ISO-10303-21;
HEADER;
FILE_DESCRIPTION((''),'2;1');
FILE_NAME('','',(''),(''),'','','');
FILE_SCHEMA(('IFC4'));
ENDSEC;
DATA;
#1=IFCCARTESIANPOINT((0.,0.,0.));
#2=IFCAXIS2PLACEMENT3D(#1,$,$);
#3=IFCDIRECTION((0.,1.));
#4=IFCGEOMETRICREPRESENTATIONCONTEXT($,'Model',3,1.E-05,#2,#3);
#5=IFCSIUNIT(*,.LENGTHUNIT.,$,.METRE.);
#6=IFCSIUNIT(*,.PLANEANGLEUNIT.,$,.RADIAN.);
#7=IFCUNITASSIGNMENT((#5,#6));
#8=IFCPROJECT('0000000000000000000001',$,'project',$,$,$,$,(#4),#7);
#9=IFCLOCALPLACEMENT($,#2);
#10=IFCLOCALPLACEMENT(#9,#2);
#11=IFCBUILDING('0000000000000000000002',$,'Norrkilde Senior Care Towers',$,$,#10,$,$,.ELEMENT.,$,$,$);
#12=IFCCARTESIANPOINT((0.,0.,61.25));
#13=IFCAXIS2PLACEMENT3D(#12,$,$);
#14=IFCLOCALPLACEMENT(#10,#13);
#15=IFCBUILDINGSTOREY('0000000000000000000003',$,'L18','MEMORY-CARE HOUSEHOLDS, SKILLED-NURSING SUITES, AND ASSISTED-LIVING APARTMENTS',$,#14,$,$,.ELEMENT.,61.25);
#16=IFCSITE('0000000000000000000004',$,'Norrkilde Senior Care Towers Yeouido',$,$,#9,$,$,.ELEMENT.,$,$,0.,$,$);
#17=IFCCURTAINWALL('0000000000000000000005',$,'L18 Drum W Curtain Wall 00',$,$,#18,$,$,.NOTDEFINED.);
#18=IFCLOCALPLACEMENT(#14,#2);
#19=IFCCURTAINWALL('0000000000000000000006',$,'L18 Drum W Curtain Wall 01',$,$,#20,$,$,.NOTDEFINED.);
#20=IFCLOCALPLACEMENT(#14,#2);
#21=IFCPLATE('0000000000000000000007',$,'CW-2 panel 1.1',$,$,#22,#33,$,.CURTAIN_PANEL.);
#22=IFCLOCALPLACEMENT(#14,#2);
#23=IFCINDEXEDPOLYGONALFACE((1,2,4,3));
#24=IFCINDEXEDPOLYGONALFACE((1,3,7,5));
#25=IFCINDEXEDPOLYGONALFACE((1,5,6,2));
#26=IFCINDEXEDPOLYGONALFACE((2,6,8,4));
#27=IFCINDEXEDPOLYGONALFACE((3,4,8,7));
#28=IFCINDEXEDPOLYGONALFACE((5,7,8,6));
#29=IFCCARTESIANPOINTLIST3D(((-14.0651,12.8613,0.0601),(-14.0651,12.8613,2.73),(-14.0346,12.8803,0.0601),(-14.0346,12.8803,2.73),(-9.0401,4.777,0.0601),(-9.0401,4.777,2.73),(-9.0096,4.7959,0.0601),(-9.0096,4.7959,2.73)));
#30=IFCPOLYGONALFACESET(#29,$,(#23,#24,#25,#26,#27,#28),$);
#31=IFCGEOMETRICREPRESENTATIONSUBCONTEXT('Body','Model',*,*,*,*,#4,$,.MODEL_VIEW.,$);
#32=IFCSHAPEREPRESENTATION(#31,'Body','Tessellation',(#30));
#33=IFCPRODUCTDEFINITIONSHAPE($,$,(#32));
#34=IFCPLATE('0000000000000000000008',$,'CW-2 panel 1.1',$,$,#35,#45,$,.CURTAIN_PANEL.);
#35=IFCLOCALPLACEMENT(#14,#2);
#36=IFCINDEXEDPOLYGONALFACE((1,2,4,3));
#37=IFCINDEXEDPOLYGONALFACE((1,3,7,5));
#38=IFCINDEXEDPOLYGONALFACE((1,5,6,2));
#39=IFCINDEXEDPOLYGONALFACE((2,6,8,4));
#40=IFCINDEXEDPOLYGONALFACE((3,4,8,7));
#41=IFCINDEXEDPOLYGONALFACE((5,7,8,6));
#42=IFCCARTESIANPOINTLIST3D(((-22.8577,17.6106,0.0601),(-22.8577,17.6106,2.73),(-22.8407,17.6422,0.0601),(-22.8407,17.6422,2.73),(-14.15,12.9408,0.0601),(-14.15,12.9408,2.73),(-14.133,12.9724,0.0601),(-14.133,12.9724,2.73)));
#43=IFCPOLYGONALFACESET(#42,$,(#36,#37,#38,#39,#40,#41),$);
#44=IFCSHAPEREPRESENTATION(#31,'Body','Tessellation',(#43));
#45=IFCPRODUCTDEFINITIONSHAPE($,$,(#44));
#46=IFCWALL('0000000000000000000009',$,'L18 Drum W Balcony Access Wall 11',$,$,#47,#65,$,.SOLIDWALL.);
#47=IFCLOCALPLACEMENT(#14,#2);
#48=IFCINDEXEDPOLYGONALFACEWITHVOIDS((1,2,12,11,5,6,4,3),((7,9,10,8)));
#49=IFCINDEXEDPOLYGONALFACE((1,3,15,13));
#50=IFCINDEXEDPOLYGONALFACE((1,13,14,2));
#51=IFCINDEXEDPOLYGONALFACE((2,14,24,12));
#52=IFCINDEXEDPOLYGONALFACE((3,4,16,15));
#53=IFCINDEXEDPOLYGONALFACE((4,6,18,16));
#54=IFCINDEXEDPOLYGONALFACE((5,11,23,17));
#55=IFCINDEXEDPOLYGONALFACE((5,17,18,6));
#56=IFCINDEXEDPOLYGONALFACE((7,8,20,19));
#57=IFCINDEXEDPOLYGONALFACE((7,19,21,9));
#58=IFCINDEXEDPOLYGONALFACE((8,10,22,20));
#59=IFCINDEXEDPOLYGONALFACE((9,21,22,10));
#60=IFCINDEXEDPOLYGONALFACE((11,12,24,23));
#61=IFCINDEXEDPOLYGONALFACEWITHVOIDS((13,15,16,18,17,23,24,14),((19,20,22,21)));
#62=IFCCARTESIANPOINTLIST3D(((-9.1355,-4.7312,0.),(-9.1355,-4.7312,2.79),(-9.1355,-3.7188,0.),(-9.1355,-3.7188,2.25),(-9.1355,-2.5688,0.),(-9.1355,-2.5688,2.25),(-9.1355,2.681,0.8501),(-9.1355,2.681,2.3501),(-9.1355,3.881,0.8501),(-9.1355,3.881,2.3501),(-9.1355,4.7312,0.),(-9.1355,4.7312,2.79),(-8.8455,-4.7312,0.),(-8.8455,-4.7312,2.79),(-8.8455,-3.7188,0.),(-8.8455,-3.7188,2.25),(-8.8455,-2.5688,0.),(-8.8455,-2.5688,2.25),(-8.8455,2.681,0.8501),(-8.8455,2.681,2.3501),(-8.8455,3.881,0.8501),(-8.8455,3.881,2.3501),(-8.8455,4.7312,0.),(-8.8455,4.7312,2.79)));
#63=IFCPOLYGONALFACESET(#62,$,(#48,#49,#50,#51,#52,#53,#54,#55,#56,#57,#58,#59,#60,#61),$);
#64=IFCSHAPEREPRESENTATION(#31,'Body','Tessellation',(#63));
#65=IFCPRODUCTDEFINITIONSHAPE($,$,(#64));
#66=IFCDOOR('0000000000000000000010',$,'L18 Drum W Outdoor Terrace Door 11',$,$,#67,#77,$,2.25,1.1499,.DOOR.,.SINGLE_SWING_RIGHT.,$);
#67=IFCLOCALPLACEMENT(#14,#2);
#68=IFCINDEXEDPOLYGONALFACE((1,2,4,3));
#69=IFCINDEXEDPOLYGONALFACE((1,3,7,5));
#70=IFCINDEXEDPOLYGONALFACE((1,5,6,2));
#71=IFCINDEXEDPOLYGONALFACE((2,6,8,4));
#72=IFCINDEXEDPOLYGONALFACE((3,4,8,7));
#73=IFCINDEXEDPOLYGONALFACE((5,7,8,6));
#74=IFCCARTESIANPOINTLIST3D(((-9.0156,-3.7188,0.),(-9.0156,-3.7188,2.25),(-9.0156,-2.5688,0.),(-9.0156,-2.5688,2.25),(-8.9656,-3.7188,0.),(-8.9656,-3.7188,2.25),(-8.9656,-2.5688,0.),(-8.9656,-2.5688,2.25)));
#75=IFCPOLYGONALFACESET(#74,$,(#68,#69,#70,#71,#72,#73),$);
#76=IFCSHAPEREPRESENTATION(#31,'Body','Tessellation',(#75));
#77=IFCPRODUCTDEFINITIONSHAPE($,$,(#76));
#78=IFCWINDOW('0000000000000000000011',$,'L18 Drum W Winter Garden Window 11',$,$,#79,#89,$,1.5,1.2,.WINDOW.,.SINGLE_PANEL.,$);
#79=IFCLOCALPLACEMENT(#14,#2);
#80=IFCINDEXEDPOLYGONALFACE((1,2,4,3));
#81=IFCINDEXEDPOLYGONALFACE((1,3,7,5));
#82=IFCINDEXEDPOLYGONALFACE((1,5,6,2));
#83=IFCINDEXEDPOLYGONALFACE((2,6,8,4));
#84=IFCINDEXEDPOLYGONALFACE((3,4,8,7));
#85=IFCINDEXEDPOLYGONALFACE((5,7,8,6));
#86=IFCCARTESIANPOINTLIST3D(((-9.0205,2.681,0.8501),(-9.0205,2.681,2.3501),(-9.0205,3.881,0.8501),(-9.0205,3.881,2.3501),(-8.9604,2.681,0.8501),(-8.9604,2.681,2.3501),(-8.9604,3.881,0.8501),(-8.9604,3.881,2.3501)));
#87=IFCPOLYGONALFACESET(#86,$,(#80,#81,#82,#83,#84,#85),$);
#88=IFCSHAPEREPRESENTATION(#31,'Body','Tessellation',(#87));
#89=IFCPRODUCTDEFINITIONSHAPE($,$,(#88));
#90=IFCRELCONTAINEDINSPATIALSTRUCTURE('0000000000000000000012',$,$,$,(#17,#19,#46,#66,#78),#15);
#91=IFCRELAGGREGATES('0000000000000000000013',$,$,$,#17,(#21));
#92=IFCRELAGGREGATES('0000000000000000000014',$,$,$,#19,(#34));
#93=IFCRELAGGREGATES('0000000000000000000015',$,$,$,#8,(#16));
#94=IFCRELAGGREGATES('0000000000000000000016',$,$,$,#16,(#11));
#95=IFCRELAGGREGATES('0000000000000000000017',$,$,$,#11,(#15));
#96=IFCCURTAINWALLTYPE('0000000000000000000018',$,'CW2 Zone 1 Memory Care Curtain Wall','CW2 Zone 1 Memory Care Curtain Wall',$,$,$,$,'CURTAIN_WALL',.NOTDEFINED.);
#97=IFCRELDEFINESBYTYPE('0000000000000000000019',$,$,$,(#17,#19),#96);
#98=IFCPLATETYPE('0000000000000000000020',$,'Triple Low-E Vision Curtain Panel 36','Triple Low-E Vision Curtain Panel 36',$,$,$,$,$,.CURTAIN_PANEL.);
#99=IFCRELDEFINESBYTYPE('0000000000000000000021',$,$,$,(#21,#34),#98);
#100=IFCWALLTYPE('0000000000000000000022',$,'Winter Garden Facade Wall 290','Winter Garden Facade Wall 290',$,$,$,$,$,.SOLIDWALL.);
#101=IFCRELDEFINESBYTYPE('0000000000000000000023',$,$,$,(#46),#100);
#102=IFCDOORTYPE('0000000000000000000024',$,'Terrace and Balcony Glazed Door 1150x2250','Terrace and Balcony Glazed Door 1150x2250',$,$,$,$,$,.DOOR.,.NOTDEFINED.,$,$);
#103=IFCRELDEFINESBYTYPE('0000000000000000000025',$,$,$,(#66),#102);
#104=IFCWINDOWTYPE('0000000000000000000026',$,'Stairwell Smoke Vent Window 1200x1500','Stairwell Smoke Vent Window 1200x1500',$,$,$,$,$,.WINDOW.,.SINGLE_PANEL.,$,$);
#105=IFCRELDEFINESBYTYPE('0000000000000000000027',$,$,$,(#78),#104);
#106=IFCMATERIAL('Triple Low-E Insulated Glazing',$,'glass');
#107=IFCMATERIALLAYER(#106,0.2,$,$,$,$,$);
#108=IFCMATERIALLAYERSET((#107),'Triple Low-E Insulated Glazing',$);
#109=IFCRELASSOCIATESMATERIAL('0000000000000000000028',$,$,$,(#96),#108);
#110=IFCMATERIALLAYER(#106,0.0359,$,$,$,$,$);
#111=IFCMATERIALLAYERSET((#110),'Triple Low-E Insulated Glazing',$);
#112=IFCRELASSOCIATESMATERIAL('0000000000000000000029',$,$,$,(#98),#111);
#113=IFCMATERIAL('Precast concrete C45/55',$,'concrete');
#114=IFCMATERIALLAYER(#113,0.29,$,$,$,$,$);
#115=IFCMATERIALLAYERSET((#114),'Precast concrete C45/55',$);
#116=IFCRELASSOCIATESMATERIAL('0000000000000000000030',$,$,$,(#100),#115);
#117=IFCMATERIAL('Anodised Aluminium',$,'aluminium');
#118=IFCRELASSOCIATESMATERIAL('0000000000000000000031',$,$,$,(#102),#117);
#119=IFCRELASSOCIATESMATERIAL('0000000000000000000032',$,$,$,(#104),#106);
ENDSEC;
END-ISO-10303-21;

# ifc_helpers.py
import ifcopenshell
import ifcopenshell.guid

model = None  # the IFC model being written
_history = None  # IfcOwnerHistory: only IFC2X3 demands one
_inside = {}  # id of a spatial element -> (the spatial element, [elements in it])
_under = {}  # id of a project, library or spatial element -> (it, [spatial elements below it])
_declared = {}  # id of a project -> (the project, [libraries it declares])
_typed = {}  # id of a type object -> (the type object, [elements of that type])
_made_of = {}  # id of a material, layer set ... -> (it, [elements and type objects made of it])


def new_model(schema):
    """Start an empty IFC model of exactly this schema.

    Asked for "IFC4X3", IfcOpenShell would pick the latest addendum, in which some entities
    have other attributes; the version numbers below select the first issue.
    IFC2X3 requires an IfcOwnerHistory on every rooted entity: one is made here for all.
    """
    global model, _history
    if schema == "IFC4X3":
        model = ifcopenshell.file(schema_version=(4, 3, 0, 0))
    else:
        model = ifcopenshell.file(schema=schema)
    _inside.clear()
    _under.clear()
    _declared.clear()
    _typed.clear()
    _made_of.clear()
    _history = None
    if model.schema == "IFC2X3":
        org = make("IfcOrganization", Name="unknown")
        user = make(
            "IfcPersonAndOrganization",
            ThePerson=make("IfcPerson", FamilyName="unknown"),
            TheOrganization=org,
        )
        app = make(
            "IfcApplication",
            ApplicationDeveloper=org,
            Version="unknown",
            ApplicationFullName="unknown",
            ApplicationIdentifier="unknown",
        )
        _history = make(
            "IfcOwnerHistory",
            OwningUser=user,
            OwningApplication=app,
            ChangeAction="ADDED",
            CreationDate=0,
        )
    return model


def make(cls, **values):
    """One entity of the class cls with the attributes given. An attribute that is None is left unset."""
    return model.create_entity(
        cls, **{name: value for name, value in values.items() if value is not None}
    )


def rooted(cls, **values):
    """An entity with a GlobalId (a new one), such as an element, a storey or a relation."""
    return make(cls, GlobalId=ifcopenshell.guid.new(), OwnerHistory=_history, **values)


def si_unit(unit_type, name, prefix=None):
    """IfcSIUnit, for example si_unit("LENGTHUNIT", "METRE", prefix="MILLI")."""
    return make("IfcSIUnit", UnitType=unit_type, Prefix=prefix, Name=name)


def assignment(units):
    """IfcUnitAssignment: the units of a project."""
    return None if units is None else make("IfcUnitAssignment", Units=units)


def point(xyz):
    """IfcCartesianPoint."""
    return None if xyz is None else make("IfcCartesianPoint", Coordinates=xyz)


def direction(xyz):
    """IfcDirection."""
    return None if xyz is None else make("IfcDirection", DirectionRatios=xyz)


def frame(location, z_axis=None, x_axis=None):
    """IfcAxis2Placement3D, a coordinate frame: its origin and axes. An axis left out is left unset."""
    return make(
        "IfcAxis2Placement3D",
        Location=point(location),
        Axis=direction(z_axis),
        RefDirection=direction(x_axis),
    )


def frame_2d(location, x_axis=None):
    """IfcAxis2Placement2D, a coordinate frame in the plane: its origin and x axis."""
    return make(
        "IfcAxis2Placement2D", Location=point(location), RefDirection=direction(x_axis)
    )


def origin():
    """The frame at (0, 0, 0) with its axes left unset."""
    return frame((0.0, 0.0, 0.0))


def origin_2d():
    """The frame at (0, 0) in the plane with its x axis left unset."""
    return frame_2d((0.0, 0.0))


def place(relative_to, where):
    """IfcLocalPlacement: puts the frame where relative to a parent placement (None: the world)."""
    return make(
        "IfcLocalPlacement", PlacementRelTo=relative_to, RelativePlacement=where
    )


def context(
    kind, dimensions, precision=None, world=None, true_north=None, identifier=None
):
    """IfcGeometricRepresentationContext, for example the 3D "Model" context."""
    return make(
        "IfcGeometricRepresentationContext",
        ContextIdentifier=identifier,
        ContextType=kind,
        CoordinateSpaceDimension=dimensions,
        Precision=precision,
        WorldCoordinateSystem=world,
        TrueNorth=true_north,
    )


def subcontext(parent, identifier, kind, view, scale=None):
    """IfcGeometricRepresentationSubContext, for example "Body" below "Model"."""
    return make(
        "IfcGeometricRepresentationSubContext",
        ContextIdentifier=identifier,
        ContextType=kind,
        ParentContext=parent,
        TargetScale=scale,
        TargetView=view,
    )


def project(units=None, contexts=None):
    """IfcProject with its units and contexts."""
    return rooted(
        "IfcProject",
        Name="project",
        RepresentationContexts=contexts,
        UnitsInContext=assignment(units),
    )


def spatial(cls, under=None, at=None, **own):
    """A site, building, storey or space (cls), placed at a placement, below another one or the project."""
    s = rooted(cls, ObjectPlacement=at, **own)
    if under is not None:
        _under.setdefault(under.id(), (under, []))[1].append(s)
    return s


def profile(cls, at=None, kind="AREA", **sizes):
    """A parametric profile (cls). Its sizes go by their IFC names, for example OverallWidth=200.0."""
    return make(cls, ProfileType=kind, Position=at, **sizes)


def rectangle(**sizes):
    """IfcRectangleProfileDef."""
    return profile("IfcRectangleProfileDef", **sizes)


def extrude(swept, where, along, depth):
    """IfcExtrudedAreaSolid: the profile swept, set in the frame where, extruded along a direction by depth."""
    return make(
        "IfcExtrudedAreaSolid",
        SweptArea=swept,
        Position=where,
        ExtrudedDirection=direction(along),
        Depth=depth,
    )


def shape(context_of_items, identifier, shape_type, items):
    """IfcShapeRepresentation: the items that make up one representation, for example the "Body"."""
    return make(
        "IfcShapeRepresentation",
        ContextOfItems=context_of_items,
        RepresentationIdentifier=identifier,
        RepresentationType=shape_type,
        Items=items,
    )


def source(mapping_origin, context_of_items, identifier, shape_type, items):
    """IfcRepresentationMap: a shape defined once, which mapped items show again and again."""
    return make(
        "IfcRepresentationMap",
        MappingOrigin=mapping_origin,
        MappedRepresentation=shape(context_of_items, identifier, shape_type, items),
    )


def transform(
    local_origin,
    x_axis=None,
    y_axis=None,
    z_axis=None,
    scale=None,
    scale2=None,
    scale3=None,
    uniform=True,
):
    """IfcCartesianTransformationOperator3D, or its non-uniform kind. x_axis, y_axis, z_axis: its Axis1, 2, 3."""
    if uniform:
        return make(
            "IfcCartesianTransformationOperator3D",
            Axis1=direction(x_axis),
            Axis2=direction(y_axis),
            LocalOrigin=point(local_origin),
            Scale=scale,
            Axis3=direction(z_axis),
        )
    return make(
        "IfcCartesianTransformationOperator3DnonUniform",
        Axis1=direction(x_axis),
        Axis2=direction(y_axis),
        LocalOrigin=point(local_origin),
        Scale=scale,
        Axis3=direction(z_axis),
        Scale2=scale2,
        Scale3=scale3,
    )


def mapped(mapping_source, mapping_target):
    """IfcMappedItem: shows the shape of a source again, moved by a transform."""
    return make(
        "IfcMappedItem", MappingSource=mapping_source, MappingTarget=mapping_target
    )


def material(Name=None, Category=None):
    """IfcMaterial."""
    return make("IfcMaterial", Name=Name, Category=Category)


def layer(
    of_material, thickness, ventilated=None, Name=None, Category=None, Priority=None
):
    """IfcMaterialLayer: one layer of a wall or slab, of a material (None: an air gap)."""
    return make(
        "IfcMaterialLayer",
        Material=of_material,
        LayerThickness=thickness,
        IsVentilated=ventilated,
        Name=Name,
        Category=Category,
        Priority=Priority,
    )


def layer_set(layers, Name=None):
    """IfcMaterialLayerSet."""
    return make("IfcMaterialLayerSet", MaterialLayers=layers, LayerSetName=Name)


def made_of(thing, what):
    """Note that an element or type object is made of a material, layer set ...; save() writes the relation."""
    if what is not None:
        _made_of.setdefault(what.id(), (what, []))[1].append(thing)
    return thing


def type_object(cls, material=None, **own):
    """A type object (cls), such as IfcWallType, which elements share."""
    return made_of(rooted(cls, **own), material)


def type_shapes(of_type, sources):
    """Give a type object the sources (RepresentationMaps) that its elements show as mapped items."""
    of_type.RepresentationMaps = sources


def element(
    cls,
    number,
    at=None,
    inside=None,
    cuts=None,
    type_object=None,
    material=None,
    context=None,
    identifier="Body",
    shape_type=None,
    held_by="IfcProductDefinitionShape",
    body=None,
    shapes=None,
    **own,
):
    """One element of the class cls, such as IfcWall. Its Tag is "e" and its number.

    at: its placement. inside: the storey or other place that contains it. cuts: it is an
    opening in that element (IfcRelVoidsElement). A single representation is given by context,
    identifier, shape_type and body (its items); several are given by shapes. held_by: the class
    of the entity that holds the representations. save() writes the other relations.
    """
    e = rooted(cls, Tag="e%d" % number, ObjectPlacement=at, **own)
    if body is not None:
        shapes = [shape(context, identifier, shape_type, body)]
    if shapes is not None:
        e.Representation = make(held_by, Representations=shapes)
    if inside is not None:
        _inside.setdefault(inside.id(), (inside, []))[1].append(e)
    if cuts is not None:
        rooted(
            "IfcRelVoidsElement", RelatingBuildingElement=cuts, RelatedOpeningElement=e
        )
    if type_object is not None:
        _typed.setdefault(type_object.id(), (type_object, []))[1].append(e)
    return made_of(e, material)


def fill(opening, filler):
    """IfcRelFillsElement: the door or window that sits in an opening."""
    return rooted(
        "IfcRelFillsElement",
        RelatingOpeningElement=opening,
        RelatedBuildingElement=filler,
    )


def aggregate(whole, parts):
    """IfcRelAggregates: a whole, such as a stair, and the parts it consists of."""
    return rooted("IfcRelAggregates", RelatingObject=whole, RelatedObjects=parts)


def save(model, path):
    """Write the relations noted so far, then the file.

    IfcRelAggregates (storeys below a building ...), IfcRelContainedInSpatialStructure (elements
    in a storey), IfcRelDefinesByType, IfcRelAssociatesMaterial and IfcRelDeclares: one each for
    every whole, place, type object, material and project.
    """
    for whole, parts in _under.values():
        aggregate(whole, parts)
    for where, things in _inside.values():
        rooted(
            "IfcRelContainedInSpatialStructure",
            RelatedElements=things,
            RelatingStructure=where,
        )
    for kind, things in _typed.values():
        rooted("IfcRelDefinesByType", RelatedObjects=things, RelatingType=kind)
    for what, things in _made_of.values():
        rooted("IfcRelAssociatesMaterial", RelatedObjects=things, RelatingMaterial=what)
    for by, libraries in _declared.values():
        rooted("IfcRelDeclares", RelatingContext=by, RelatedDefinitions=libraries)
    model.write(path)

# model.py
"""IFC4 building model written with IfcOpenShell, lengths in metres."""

from ifc_helpers import new_model, si_unit, direction, frame, frame_2d, origin, origin_2d, place, context, subcontext, project, spatial, rectangle, extrude, source, transform, mapped, material, layer, layer_set, type_object, type_shapes, element, fill, aggregate, save


model = new_model("IFC4")

# Units and contexts
model_context = context("Model", 3, precision=1e-05, world=origin(), true_north=direction((0.0, 1.0)))
body_context = subcontext(model_context, "Body", "Model", "MODEL_VIEW")
ifc_project = project(units=[si_unit("LENGTHUNIT", "METRE"), si_unit("PLANEANGLEUNIT", "RADIAN")], contexts=[model_context])

# Site, building, storey
site_placement = place(None, origin())
site = spatial("IfcSite", under=ifc_project, at=site_placement, Name="Norrkilde Senior Care Towers Yeouido", CompositionType="ELEMENT", RefElevation=0.0)
building_placement = place(site_placement, origin())
building = spatial("IfcBuilding", under=site, at=building_placement, Name="Norrkilde Senior Care Towers", CompositionType="ELEMENT")
storey_placement = place(building_placement, frame((0.0, 0.0, 61.25)))
storey = spatial("IfcBuildingStorey", under=building, at=storey_placement, Name="L18", Description="MEMORY-CARE HOUSEHOLDS, SKILLED-NURSING SUITES, AND ASSISTED-LIVING APARTMENTS", CompositionType="ELEMENT", Elevation=61.25)

# Curtain wall
ifc_material_1 = material(Name="Triple Low-E Insulated Glazing", Category="glass")
ifc_layer_1 = layer(ifc_material_1, 0.2)
ifc_layer_set_1 = layer_set([ifc_layer_1], Name="Triple Low-E Insulated Glazing")
curtain_wall_type = type_object("IfcCurtainWallType", Name="CW2 Zone 1 Memory Care Curtain Wall", Description="CW2 Zone 1 Memory Care Curtain Wall", ElementType="CURTAIN_WALL", PredefinedType="NOTDEFINED", material=ifc_layer_set_1)
curtain_wall_1_placement = place(storey_placement, origin())
curtain_wall_1 = element("IfcCurtainWall", 1, at=curtain_wall_1_placement, inside=storey, type_object=curtain_wall_type, Name="L18 Drum W Curtain Wall 00", PredefinedType="NOTDEFINED")
ifc_material_2 = material(Name="Anodised Aluminium", Category="aluminium")

# Curtain wall
curtain_wall_2_placement = place(storey_placement, origin())
curtain_wall_2 = element("IfcCurtainWall", 2, at=curtain_wall_2_placement, inside=storey, type_object=curtain_wall_type, Name="L18 Drum W Curtain Wall 01", PredefinedType="NOTDEFINED")

# Plates
ifc_layer_2 = layer(ifc_material_1, 0.0359)
ifc_layer_set_2 = layer_set([ifc_layer_2], Name="Triple Low-E Insulated Glazing")
plate_type = type_object("IfcPlateType", Name="Triple Low-E Vision Curtain Panel 36", Description="Triple Low-E Vision Curtain Panel 36", PredefinedType="CURTAIN_PANEL", material=ifc_layer_set_2)
shared_shape_1 = source(origin(), body_context, "Body", "SweptSolid", [
    extrude(rectangle(XDim=9.5188, YDim=0.0359, at=origin_2d()), origin(), (0.0, 0.0, 1.0), 2.6699),
])
plate_1_placement = place(storey_placement, frame((-11.5374, 8.8286, 0.0601), z_axis=(0.0, 0.0, 1.0), x_axis=(0.527901, -0.849306, 0.0)))
plate_1 = element("IfcPlate", 3, at=plate_1_placement, type_object=plate_type, Name="CW-2 panel 1.1", PredefinedType="CURTAIN_PANEL", context=body_context, shape_type="MappedRepresentation", body=[
    mapped(shared_shape_1, transform((0.0, 0.0, 0.0), x_axis=(1.0, 0.0, 0.0), y_axis=(0.0, 1.0, 0.0), z_axis=(0.0, 0.0, 1.0), scale=1.0)),
])
aggregate(curtain_wall_1, [plate_1])
shared_shape_2 = source(origin(), body_context, "Body", "SweptSolid", [
    extrude(rectangle(XDim=9.8809, YDim=0.0359, at=origin_2d()), origin(), (0.0, 0.0, 1.0), 2.6699),
])
type_shapes(plate_type, [shared_shape_1, shared_shape_2])
plate_2_placement = place(storey_placement, frame((-18.4954, 15.2915, 0.0601), z_axis=(0.0, 0.0, 1.0), x_axis=(0.881273, -0.472608, 0.0)))
plate_2 = element("IfcPlate", 4, at=plate_2_placement, type_object=plate_type, Name="CW-2 panel 1.1", PredefinedType="CURTAIN_PANEL", context=body_context, shape_type="MappedRepresentation", body=[
    mapped(shared_shape_2, transform((0.0, 0.0, 0.0), x_axis=(1.0, 0.0, 0.0), y_axis=(0.0, 1.0, 0.0), z_axis=(0.0, 0.0, 1.0), scale=1.0)),
])
aggregate(curtain_wall_2, [plate_2])

# Wall, openings, door, window
ifc_material_3 = material(Name="Precast concrete C45/55", Category="concrete")
ifc_layer_3 = layer(ifc_material_3, 0.29)
ifc_layer_set_3 = layer_set([ifc_layer_3], Name="Precast concrete C45/55")
wall_type_1 = type_object("IfcWallType", Name="Winter Garden Facade Wall 290", Description="Winter Garden Facade Wall 290", PredefinedType="SOLIDWALL", material=ifc_layer_set_3)
shared_shape_3 = source(origin(), body_context, "Body", "SweptSolid", [
    extrude(rectangle(XDim=9.4624, YDim=0.29, at=frame_2d((4.7312, 0.0))), origin(), (0.0, 0.0, 1.0), 2.79),
])
type_shapes(wall_type_1, [shared_shape_3])
wall_1_placement = place(storey_placement, frame((-8.9905, 4.7312, 0.0), z_axis=(0.0, 0.0, 1.0), x_axis=(0.0, -1.0, 0.0)))
wall_1 = element("IfcWall", 5, at=wall_1_placement, inside=storey, type_object=wall_type_1, Name="L18 Drum W Balcony Access Wall 11", PredefinedType="SOLIDWALL", context=body_context, shape_type="MappedRepresentation", body=[
    mapped(shared_shape_3, transform((0.0, 0.0, 0.0), x_axis=(1.0, 0.0, 0.0), y_axis=(0.0, 1.0, 0.0), z_axis=(0.0, 0.0, 1.0), scale=1.0)),
])
opening_1_placement = place(wall_1_placement, frame((7.3, 0.0, 0.0)))
opening_1 = element("IfcOpeningElement", 6, at=opening_1_placement, cuts=wall_1, PredefinedType="OPENING", context=body_context, shape_type="SweptSolid", body=[
    extrude(rectangle(XDim=1.1499, YDim=2.25, at=frame_2d((0.575, 1.125))), frame((0.0, 0.155, 0.0), z_axis=(0.0, -1.0, 0.0), x_axis=(1.0, 0.0, 0.0)), (0.0, 0.0, 1.0), 0.3101),
])
opening_2_placement = place(wall_1_placement, frame((0.8501, 0.0, 0.8501)))
opening_2 = element("IfcOpeningElement", 7, at=opening_2_placement, cuts=wall_1, PredefinedType="OPENING", context=body_context, shape_type="SweptSolid", body=[
    extrude(rectangle(XDim=1.2, YDim=1.5, at=frame_2d((0.6001, 0.75))), frame((0.0, 0.155, 0.0), z_axis=(0.0, -1.0, 0.0), x_axis=(1.0, 0.0, 0.0)), (0.0, 0.0, 1.0), 0.3101),
])
door_type_1 = type_object("IfcDoorType", Name="Terrace and Balcony Glazed Door 1150x2250", Description="Terrace and Balcony Glazed Door 1150x2250", OperationType="NOTDEFINED", PredefinedType="DOOR", material=ifc_material_2)
shared_shape_4 = source(origin(), body_context, "Body", "SweptSolid", [
    extrude(rectangle(XDim=1.1499, YDim=2.25, at=frame_2d((0.575, 1.125))), frame((0.0, 0.0249, 0.0), z_axis=(0.0, -1.0, 0.0), x_axis=(1.0, 0.0, 0.0)), (0.0, 0.0, 1.0), 0.05),
])
type_shapes(door_type_1, [shared_shape_4])
door_1_placement = place(opening_1_placement, origin())
door_1 = element("IfcDoor", 8, at=door_1_placement, inside=storey, type_object=door_type_1, Name="L18 Drum W Outdoor Terrace Door 11", OperationType="SINGLE_SWING_RIGHT", OverallHeight=2.25, OverallWidth=1.1499, PredefinedType="DOOR", context=body_context, shape_type="MappedRepresentation", body=[
    mapped(shared_shape_4, transform((0.0, 0.0, 0.0), x_axis=(1.0, 0.0, 0.0), y_axis=(0.0, 1.0, 0.0), z_axis=(0.0, 0.0, 1.0), scale=1.0)),
])
fill(opening_1, door_1)
window_type = type_object("IfcWindowType", Name="Stairwell Smoke Vent Window 1200x1500", Description="Stairwell Smoke Vent Window 1200x1500", PartitioningType="SINGLE_PANEL", PredefinedType="WINDOW", material=ifc_material_1)
shared_shape_5 = source(origin(), body_context, "Body", "SweptSolid", [
    extrude(rectangle(XDim=1.2, YDim=1.5, at=frame_2d((0.6001, 0.75))), frame((0.0, 0.03, 0.0), z_axis=(0.0, -1.0, 0.0), x_axis=(1.0, 0.0, 0.0)), (0.0, 0.0, 1.0), 0.0601),
])
type_shapes(window_type, [shared_shape_5])
window_placement = place(opening_2_placement, origin())
window = element("IfcWindow", 9, at=window_placement, inside=storey, type_object=window_type, Name="L18 Drum W Winter Garden Window 11", OverallHeight=1.5, OverallWidth=1.2, PartitioningType="SINGLE_PANEL", PredefinedType="WINDOW", context=body_context, shape_type="MappedRepresentation", body=[
    mapped(shared_shape_5, transform((0.0, 0.0, 0.0), x_axis=(1.0, 0.0, 0.0), y_axis=(0.0, 1.0, 0.0), z_axis=(0.0, 0.0, 1.0), scale=1.0)),
])
fill(opening_2, window)

save(model, "model.ifc")
